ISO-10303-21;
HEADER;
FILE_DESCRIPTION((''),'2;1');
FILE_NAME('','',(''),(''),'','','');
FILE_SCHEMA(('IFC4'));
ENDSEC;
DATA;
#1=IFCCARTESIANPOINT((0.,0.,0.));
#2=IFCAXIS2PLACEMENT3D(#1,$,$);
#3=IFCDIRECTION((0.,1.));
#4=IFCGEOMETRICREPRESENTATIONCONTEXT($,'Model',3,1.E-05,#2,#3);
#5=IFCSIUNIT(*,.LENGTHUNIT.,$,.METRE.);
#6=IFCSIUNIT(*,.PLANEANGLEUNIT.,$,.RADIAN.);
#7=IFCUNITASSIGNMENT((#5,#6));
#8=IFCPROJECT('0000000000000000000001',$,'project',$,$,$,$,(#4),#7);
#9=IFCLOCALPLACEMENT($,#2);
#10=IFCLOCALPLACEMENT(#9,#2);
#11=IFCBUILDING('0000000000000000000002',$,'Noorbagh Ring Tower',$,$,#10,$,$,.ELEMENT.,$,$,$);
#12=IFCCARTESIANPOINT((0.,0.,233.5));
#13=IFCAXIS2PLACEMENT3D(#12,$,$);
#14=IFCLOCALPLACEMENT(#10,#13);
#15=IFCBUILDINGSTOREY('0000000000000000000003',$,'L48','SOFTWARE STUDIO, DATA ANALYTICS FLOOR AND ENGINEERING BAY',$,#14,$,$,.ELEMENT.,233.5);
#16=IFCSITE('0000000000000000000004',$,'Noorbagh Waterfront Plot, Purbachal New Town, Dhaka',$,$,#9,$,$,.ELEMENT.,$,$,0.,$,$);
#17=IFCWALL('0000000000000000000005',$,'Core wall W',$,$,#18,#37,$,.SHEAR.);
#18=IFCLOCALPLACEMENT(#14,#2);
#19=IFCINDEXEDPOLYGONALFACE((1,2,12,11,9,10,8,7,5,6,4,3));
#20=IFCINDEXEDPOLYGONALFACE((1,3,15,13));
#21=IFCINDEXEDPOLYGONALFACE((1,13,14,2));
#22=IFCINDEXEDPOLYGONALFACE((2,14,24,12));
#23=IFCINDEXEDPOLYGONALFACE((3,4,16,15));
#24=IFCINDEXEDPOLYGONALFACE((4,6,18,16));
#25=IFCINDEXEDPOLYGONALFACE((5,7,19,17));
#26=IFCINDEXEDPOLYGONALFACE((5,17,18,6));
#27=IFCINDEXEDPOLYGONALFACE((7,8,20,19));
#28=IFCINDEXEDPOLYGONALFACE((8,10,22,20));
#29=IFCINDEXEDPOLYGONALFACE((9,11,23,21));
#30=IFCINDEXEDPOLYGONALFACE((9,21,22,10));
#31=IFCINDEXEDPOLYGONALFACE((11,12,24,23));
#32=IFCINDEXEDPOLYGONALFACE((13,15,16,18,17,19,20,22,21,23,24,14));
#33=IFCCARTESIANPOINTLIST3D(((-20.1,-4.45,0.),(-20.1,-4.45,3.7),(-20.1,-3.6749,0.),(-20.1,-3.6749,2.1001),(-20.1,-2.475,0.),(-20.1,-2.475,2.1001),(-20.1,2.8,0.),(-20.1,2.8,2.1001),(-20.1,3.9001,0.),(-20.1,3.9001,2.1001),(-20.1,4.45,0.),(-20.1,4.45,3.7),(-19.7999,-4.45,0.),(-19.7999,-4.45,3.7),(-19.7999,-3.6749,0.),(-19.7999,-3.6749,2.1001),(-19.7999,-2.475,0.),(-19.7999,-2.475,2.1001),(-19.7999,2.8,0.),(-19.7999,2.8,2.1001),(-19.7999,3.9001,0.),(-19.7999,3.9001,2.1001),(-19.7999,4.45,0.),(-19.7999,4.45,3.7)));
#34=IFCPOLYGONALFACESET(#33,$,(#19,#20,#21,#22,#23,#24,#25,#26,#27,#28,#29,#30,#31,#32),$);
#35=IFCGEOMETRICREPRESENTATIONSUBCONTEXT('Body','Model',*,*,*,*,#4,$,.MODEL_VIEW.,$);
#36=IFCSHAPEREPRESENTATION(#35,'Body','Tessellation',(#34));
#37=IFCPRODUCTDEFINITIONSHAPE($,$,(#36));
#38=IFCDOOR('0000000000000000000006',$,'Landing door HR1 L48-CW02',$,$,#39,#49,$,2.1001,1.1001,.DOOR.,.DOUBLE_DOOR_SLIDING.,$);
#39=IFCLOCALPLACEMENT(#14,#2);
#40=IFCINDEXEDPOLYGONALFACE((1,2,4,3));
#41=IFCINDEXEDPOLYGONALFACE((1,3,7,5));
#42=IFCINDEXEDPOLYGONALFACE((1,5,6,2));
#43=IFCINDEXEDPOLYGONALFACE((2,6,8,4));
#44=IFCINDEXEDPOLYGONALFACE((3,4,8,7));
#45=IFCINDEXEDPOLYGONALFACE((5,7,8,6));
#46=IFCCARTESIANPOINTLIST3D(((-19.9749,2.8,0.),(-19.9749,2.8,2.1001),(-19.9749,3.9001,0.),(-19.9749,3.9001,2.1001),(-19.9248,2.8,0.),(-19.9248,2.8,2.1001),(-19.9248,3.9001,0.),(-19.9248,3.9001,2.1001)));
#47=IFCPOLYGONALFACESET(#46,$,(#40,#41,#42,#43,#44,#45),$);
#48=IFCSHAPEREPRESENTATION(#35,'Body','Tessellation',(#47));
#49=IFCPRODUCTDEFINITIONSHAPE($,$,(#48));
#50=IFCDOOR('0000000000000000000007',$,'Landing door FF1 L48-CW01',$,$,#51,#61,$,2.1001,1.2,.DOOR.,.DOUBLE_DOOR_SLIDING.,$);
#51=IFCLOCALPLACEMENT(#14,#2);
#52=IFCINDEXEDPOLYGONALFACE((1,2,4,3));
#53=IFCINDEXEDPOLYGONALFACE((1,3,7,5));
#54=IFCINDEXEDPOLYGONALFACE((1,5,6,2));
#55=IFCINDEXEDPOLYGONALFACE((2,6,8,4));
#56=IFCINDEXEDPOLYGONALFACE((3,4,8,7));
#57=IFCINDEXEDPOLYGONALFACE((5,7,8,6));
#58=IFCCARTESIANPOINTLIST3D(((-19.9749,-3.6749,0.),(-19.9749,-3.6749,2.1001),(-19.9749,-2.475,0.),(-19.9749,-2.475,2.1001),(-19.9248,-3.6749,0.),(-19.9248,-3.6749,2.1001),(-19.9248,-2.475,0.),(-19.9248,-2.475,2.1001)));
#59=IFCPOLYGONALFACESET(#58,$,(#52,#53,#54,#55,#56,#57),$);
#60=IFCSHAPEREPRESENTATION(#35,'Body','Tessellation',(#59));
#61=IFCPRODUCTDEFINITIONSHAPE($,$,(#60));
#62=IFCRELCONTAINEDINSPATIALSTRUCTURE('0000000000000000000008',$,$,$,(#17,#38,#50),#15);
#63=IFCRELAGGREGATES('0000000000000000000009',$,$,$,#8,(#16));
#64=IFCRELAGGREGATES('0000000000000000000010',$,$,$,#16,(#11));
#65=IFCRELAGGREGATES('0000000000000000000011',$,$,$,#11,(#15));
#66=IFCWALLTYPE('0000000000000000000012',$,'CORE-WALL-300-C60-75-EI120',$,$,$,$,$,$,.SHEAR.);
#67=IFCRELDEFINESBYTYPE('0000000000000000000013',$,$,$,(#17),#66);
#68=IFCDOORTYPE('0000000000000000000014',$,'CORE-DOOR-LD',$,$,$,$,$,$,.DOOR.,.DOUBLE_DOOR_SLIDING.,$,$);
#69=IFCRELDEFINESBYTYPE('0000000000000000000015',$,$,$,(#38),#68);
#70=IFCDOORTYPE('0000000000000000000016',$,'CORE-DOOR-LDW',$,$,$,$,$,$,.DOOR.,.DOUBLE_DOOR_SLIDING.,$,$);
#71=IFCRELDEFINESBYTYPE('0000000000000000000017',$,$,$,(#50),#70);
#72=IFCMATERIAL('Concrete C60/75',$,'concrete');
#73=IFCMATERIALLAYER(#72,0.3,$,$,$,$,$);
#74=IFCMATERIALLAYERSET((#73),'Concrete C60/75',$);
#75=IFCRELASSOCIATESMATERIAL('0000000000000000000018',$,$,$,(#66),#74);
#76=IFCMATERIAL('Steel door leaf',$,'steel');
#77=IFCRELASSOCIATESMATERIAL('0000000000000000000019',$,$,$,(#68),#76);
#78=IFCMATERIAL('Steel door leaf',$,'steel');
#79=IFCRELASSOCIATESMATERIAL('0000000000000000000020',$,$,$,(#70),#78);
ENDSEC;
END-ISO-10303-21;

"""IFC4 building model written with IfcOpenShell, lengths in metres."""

from ifc_helpers import new_model, si_unit, direction, frame, frame_2d, origin, place, context, subcontext, project, spatial, rectangle, extrude, material, layer, layer_set, type_object, element, fill, save


model = new_model("IFC4")

# Units and contexts
model_context = context("Model", 3, precision=1e-05, world=origin(), true_north=direction((0.0, 1.0)))
body_context = subcontext(model_context, "Body", "Model", "MODEL_VIEW")
ifc_project = project(units=[si_unit("LENGTHUNIT", "METRE"), si_unit("PLANEANGLEUNIT", "RADIAN")], contexts=[model_context])

# Site, building, storey
site_placement = place(None, origin())
site = spatial("IfcSite", under=ifc_project, at=site_placement, Name="Noorbagh Waterfront Plot, Purbachal New Town, Dhaka", CompositionType="ELEMENT", RefElevation=0.0)
building_placement = place(site_placement, origin())
building = spatial("IfcBuilding", under=site, at=building_placement, Name="Noorbagh Ring Tower", CompositionType="ELEMENT")
storey_placement = place(building_placement, frame((0.0, 0.0, 233.5)))
storey = spatial("IfcBuildingStorey", under=building, at=storey_placement, Name="L48", Description="SOFTWARE STUDIO, DATA ANALYTICS FLOOR AND ENGINEERING BAY", CompositionType="ELEMENT", Elevation=233.5)

# Shared definitions
ifc_material_1 = material(Name="Concrete C60/75", Category="concrete")
ifc_layer_1 = layer(ifc_material_1, 0.3)
ifc_layer_set_1 = layer_set([ifc_layer_1], Name="Concrete C60/75")
wall_type_1 = type_object("IfcWallType", Name="CORE-WALL-300-C60-75-EI120", PredefinedType="SHEAR", material=ifc_layer_set_1)

# Wall, openings, doors
wall_1_placement = place(storey_placement, frame((-19.95, -4.45, 0.0), z_axis=(0.0, 0.0, 1.0), x_axis=(0.0, 1.0, 0.0)))
wall_1 = element("IfcWall", 1, at=wall_1_placement, inside=storey, type_object=wall_type_1, Name="Core wall W", PredefinedType="SHEAR", context=body_context, shape_type="SweptSolid", body=[
    extrude(rectangle(XDim=8.8999, YDim=0.3, at=frame_2d((4.45, 0.0))), origin(), (0.0, 0.0, 1.0), 3.7),
])
opening_1_placement = place(wall_1_placement, frame((0.7749, 0.0, 0.0)))
opening_1 = element("IfcOpeningElement", 2, at=opening_1_placement, cuts=wall_1, PredefinedType="OPENING", context=body_context, shape_type="SweptSolid", body=[
    extrude(rectangle(XDim=1.2, YDim=2.1001, at=frame_2d((0.6001, 1.05))), frame((0.0, 0.1602, 0.0), z_axis=(0.0, -1.0, 0.0), x_axis=(1.0, 0.0, 0.0)), (0.0, 0.0, 1.0), 0.3201),
])
opening_2_placement = place(wall_1_placement, frame((7.25, 0.0, 0.0)))
opening_2 = element("IfcOpeningElement", 3, at=opening_2_placement, cuts=wall_1, PredefinedType="OPENING", context=body_context, shape_type="SweptSolid", body=[
    extrude(rectangle(XDim=1.1001, YDim=2.1001, at=frame_2d((0.55, 1.05))), frame((0.0, 0.1602, 0.0), z_axis=(0.0, -1.0, 0.0), x_axis=(1.0, 0.0, 0.0)), (0.0, 0.0, 1.0), 0.3201),
])
ifc_material_2 = material(Name="Steel door leaf", Category="steel")
door_type_1 = type_object("IfcDoorType", Name="CORE-DOOR-LD", OperationType="DOUBLE_DOOR_SLIDING", PredefinedType="DOOR", material=ifc_material_2)
door_1_placement = place(opening_2_placement, origin())
door_1 = element("IfcDoor", 4, at=door_1_placement, inside=storey, type_object=door_type_1, Name="Landing door HR1 L48-CW02", OperationType="DOUBLE_DOOR_SLIDING", OverallHeight=2.1001, OverallWidth=1.1001, PredefinedType="DOOR", context=body_context, shape_type="SweptSolid", body=[
    extrude(rectangle(XDim=1.1001, YDim=2.1001, at=frame_2d((0.55, 1.05))), frame((0.0, 0.0249, 0.0), z_axis=(0.0, -1.0, 0.0), x_axis=(1.0, 0.0, 0.0)), (0.0, 0.0, 1.0), 0.05),
])
fill(opening_2, door_1)
ifc_material_3 = material(Name="Steel door leaf", Category="steel")
door_type_2 = type_object("IfcDoorType", Name="CORE-DOOR-LDW", OperationType="DOUBLE_DOOR_SLIDING", PredefinedType="DOOR", material=ifc_material_3)
door_2_placement = place(opening_1_placement, origin())
door_2 = element("IfcDoor", 5, at=door_2_placement, inside=storey, type_object=door_type_2, Name="Landing door FF1 L48-CW01", OperationType="DOUBLE_DOOR_SLIDING", OverallHeight=2.1001, OverallWidth=1.2, PredefinedType="DOOR", context=body_context, shape_type="SweptSolid", body=[
    extrude(rectangle(XDim=1.2, YDim=2.1001, at=frame_2d((0.6001, 1.05))), frame((0.0, 0.0249, 0.0), z_axis=(0.0, -1.0, 0.0), x_axis=(1.0, 0.0, 0.0)), (0.0, 0.0, 1.0), 0.05),
])
fill(opening_1, door_2)

save(model, "model.ifc")
